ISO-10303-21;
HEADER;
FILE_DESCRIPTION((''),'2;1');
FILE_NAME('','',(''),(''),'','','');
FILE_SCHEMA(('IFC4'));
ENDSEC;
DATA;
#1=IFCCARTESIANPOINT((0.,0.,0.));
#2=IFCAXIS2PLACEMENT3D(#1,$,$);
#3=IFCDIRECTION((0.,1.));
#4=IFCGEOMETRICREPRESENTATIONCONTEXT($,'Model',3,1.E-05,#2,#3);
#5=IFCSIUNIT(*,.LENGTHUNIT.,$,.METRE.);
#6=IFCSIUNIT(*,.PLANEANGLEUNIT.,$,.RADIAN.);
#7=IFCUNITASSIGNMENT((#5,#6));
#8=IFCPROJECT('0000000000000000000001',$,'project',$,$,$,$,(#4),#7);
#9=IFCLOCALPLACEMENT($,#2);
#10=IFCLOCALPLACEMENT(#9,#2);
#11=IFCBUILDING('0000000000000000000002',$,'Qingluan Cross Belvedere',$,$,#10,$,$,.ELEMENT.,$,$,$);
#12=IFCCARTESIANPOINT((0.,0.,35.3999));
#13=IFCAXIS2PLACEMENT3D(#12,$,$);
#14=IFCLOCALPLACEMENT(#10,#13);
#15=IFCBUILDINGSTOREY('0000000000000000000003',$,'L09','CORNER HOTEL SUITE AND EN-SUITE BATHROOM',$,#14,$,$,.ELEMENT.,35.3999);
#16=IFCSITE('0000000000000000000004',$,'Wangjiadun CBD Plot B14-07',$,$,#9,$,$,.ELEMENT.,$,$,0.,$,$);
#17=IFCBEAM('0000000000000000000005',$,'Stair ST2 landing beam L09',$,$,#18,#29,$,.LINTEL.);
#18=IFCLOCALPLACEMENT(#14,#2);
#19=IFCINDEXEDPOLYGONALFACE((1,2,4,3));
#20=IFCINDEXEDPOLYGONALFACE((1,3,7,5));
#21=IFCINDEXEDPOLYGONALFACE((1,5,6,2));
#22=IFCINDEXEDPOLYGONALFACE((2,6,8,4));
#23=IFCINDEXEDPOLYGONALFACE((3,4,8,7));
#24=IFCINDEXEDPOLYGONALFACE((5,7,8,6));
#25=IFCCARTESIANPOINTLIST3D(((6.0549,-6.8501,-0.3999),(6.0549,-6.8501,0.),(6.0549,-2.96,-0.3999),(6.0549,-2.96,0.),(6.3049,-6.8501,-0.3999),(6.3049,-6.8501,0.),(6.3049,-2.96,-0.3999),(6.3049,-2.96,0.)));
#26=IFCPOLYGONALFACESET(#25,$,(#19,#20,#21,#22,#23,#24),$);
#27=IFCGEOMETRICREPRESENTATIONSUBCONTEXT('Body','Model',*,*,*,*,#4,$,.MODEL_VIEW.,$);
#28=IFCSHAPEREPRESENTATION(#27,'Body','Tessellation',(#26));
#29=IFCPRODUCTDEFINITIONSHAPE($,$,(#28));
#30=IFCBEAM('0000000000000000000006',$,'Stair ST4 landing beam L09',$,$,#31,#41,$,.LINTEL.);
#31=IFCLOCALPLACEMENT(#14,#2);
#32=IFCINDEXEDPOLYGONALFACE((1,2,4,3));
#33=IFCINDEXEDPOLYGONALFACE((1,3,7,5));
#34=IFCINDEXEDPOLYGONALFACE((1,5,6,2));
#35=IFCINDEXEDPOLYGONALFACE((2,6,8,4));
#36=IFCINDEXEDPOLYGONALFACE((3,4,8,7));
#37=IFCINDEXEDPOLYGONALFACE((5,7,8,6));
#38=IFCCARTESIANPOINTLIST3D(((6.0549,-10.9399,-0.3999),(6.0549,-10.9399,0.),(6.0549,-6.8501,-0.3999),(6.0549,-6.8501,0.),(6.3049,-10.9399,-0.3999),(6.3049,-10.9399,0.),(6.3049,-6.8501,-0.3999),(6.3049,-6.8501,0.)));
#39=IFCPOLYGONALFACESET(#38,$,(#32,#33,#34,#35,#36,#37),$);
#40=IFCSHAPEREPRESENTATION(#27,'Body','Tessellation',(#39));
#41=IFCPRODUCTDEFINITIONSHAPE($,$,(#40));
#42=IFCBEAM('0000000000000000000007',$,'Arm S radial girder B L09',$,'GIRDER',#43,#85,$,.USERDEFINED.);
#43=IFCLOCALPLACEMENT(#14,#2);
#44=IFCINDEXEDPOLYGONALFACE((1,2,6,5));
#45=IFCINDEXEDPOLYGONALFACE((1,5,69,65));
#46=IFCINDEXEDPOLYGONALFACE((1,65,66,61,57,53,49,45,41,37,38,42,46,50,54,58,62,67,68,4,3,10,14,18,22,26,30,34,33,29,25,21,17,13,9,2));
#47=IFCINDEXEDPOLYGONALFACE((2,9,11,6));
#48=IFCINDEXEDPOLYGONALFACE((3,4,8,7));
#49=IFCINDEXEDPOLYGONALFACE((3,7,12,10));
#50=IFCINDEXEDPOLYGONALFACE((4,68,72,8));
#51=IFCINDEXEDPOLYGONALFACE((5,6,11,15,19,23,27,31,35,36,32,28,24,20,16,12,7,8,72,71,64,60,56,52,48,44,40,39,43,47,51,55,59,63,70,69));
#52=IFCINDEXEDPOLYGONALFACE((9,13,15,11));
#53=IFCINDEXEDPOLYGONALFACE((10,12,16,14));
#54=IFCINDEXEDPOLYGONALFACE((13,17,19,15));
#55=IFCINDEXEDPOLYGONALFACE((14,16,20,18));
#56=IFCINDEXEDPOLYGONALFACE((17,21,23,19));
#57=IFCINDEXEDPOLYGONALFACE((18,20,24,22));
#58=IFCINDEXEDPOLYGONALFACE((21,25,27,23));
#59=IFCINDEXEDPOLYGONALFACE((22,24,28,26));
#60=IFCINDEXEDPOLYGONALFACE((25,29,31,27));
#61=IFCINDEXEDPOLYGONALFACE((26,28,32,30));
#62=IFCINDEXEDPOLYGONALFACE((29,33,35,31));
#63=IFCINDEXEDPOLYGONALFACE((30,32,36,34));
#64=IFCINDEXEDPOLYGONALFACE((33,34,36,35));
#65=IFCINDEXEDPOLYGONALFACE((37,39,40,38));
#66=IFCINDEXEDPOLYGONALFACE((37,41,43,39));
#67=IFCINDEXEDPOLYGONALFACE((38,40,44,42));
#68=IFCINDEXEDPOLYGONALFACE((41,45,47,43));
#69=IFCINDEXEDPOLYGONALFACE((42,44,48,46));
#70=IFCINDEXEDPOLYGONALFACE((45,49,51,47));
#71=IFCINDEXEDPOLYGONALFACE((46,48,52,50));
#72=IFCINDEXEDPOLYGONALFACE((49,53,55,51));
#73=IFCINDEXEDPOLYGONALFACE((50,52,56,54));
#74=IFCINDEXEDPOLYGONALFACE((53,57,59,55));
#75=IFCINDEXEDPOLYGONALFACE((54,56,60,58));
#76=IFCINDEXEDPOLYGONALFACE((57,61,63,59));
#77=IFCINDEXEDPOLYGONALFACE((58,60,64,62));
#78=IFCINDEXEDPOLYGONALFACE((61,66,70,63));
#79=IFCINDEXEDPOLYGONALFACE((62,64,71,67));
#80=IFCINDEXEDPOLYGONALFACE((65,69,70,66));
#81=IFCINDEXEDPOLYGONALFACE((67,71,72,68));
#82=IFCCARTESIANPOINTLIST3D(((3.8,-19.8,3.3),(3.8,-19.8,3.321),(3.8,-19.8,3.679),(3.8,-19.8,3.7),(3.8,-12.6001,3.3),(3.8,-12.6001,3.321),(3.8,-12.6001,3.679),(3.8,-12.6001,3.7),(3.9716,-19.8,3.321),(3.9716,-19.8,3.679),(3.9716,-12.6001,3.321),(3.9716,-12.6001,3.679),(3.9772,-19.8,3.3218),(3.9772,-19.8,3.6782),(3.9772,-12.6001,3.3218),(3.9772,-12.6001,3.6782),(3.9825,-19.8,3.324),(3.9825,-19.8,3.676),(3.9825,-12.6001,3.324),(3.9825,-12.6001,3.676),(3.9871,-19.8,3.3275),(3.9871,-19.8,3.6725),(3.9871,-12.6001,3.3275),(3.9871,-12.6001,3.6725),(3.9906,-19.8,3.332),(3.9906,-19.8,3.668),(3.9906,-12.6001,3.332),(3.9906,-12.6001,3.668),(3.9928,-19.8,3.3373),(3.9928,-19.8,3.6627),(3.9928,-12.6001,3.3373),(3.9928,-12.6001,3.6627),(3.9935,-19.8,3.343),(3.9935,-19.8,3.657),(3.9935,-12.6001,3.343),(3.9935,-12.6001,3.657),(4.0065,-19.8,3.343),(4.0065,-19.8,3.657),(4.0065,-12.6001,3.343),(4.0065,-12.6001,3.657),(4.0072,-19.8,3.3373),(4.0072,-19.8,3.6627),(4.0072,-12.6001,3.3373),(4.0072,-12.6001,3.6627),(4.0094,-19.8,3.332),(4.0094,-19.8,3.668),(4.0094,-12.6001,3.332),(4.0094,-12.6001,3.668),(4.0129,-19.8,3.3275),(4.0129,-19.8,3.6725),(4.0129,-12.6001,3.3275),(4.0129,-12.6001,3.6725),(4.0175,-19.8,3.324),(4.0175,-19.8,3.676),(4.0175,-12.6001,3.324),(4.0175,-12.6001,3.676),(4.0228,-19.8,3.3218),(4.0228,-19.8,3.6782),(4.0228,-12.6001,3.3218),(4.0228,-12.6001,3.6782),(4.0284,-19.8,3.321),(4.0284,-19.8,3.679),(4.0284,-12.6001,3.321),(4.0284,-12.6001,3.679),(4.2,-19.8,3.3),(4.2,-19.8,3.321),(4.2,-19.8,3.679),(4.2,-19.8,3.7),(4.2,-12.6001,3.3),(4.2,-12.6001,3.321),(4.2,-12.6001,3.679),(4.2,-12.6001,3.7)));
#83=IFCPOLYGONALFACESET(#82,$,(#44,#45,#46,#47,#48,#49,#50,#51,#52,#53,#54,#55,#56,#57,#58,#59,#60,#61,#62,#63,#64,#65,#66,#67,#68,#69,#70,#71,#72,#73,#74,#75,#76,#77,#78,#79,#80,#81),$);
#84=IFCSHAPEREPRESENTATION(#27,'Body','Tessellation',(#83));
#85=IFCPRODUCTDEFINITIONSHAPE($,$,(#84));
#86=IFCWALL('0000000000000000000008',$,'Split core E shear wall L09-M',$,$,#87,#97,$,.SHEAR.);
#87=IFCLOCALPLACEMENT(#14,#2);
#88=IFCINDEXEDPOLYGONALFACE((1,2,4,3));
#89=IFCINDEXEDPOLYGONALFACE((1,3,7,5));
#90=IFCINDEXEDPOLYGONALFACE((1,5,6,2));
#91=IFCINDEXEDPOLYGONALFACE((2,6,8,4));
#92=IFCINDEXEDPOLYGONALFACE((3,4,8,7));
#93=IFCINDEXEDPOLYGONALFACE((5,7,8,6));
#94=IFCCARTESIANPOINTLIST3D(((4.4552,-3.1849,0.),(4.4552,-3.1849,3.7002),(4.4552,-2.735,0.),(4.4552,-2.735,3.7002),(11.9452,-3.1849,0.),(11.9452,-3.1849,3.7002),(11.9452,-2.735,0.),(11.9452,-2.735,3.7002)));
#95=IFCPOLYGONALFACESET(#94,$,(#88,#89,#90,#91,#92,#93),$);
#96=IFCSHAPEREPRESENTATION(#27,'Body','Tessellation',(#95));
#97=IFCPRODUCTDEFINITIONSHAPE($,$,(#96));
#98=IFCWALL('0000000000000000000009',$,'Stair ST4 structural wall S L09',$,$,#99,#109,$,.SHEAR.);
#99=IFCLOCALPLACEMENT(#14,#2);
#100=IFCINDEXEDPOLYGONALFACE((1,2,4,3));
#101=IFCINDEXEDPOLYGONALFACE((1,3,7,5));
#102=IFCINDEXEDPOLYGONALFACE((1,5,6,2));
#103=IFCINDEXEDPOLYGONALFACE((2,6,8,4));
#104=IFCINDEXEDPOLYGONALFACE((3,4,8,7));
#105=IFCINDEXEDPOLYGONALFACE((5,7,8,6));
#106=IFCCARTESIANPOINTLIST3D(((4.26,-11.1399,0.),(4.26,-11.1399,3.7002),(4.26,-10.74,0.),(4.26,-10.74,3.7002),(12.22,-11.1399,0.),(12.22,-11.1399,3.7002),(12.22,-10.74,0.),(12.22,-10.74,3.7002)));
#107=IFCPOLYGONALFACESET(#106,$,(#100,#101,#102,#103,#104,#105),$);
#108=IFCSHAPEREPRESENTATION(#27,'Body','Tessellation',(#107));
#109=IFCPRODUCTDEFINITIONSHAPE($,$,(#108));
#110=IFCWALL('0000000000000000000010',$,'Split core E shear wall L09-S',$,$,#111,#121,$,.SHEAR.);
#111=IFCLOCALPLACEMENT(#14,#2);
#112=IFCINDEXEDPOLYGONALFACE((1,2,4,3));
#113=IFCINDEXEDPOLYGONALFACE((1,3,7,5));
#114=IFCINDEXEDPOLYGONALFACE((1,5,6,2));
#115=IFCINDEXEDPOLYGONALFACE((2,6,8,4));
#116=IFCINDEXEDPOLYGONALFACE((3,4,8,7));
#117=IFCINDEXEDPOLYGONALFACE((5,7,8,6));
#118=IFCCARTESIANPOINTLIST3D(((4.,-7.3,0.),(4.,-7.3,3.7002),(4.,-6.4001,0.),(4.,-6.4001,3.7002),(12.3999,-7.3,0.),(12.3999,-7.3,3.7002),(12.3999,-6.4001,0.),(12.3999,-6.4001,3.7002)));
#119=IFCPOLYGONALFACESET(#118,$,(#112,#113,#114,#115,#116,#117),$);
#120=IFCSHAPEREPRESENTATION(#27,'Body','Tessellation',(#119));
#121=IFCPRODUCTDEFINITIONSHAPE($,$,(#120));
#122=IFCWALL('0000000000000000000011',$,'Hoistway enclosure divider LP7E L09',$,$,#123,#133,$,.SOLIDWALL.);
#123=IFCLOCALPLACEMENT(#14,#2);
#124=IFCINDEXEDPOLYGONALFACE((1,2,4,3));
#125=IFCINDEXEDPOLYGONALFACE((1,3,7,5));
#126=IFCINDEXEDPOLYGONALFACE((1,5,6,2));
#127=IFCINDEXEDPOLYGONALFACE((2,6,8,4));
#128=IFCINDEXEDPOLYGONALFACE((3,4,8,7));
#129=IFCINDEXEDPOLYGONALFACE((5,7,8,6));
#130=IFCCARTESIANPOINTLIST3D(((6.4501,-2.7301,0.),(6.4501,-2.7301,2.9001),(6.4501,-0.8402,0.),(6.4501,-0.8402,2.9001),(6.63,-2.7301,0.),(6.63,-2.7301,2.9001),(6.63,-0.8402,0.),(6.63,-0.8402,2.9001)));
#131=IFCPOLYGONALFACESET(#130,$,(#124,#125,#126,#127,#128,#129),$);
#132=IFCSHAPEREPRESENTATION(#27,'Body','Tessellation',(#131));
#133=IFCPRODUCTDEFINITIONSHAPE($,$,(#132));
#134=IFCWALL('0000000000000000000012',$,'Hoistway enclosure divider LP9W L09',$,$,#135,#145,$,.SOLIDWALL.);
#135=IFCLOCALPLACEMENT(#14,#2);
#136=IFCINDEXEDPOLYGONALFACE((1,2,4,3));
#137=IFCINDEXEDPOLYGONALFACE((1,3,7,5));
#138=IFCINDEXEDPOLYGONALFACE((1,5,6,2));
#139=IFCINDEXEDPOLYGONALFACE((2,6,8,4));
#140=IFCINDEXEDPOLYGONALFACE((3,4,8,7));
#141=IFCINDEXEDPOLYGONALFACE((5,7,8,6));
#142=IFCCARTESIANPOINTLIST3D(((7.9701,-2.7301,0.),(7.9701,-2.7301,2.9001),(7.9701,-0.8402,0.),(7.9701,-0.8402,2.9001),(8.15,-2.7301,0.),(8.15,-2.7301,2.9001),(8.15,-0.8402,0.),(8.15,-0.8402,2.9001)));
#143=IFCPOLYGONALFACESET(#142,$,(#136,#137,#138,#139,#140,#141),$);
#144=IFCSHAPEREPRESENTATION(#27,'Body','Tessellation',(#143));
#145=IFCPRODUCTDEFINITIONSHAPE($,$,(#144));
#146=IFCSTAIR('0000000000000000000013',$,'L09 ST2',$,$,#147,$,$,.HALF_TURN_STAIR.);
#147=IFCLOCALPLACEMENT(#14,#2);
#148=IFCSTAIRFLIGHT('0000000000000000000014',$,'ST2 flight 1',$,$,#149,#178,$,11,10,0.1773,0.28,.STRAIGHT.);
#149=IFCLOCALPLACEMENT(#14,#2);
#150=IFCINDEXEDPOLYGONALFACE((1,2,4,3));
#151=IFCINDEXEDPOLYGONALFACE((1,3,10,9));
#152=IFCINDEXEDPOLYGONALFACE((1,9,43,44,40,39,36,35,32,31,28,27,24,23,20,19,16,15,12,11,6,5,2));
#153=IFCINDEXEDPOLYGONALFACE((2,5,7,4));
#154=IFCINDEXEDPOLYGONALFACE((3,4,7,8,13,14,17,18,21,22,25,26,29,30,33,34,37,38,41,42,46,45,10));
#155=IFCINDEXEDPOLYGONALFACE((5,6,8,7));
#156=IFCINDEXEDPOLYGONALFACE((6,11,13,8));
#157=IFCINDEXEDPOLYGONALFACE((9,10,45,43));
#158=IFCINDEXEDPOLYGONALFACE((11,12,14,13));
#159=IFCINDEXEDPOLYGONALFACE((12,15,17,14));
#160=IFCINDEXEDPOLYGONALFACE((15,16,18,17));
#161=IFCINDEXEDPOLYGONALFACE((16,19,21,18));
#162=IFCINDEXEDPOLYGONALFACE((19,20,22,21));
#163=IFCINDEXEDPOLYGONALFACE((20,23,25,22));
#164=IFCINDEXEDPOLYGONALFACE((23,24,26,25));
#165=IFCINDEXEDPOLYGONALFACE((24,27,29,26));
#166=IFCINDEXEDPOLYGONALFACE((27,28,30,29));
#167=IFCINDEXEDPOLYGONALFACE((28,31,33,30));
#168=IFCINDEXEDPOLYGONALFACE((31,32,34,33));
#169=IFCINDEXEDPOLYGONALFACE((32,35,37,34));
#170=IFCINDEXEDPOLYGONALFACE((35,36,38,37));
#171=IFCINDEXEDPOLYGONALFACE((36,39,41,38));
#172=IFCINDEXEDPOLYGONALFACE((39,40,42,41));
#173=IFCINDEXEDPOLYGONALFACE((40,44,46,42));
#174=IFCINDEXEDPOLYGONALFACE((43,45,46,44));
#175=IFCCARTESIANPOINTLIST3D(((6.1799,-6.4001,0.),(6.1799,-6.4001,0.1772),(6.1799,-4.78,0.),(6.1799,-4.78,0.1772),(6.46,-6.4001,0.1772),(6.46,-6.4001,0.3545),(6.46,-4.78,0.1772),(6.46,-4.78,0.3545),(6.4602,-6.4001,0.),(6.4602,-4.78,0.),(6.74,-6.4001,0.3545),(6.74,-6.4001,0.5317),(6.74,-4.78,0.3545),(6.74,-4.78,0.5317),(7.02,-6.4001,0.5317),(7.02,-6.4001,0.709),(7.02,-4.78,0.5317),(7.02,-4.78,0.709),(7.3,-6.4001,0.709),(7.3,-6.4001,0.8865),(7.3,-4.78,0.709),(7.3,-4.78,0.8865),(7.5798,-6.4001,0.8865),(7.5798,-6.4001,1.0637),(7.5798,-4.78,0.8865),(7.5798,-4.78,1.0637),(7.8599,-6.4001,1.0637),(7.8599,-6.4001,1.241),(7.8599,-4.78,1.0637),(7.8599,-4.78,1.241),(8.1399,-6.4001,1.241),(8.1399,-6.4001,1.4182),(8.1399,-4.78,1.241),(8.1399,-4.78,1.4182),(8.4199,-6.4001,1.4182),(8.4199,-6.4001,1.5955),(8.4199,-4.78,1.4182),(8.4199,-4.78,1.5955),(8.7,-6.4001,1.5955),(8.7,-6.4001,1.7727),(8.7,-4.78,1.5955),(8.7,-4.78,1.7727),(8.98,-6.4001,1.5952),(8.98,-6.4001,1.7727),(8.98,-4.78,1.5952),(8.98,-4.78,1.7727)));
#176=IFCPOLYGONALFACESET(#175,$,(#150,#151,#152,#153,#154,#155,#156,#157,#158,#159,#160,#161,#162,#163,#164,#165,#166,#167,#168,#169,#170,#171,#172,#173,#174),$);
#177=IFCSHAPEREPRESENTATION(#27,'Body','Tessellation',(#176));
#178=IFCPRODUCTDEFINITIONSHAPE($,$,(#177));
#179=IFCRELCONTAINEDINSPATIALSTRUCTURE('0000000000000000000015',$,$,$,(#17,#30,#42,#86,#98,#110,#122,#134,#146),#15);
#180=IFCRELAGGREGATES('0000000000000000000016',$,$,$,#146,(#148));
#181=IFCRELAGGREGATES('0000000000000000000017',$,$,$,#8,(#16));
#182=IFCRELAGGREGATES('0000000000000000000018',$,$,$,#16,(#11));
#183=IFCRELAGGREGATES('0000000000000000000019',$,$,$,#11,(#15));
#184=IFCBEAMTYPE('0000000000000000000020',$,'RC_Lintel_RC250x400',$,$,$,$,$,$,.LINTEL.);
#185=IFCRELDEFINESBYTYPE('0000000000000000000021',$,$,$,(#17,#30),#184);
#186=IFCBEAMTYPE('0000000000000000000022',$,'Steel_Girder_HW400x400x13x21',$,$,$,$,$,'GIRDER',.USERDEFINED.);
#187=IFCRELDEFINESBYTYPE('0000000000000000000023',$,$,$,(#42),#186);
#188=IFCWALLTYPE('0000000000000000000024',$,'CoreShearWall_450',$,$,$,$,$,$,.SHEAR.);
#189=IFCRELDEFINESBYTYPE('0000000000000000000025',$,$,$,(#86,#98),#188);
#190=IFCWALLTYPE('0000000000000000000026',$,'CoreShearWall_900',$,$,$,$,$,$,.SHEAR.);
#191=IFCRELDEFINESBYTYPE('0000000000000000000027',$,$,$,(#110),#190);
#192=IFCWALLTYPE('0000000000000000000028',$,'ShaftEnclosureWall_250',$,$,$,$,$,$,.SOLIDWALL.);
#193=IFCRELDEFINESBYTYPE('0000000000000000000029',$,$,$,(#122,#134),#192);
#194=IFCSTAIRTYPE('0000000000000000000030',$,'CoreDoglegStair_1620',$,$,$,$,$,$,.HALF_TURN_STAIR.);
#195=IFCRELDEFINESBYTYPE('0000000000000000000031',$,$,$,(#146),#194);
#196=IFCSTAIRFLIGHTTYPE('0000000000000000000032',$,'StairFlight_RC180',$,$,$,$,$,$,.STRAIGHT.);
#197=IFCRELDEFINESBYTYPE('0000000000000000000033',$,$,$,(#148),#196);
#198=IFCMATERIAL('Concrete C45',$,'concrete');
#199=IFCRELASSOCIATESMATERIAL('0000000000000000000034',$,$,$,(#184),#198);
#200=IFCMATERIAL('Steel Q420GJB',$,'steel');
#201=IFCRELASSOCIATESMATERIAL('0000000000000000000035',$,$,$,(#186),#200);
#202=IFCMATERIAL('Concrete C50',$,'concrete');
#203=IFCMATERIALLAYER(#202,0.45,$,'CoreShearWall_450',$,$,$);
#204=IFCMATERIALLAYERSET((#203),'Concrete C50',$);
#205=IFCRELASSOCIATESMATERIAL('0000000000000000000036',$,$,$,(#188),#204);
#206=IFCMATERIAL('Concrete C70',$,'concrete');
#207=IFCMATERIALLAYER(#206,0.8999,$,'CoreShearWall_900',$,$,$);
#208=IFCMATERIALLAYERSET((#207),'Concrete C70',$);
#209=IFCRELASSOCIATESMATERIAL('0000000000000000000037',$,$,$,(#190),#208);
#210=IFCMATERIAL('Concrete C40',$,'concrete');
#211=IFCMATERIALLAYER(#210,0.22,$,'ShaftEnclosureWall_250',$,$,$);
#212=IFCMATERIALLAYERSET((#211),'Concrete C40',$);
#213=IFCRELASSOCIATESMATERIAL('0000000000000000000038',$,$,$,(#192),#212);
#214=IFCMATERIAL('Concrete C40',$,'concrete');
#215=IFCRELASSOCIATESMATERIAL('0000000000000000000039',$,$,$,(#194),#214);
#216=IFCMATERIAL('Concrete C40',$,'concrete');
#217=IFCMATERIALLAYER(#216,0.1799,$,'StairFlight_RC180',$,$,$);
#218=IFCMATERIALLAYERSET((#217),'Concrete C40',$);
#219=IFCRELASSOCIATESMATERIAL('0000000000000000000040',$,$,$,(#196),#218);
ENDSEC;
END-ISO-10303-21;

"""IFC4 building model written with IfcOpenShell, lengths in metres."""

from ifc_helpers import new_model, si_unit, direction, frame, frame_2d, origin, origin_2d, place, context, subcontext, project, spatial, polyline, rectangle, i_section, outline, extrude, material, layer, layer_set, material_profile, profile_set, type_object, element, aggregate, save


model = new_model("IFC4")

# Units and contexts
model_context = context("Model", 3, precision=1e-05, world=origin(), true_north=direction((0.0, 1.0)))
body_context = subcontext(model_context, "Body", "Model", "MODEL_VIEW")
ifc_project = project(units=[si_unit("LENGTHUNIT", "METRE"), si_unit("PLANEANGLEUNIT", "RADIAN")], contexts=[model_context])

# Site, building, storey
site_placement = place(None, origin())
site = spatial("IfcSite", under=ifc_project, at=site_placement, Name="Wangjiadun CBD Plot B14-07", CompositionType="ELEMENT", RefElevation=0.0)
building_placement = place(site_placement, origin())
building = spatial("IfcBuilding", under=site, at=building_placement, Name="Qingluan Cross Belvedere", CompositionType="ELEMENT")
storey_placement = place(building_placement, frame((0.0, 0.0, 35.3999)))
storey = spatial("IfcBuildingStorey", under=building, at=storey_placement, Name="L09", Description="CORNER HOTEL SUITE AND EN-SUITE BATHROOM", CompositionType="ELEMENT", Elevation=35.3999)

# Beams
ifc_material_1 = material(Name="Concrete C45", Category="concrete")
ifc_material_profile_1 = material_profile(ifc_material_1, rectangle(XDim=0.25, YDim=0.3999, at=origin_2d()), Name="RC250x400")
ifc_profile_set_1 = profile_set([ifc_material_profile_1], Name="Concrete C45")
beam_type_1 = type_object("IfcBeamType", Name="RC_Lintel_RC250x400", PredefinedType="LINTEL", material=ifc_profile_set_1)
beam_1_placement = place(storey_placement, frame((6.1799, -6.8501, -0.2), z_axis=(0.0, 1.0, 0.0), x_axis=(-1.0, 0.0, 0.0)))
element("IfcBeam", 1, at=beam_1_placement, inside=storey, type_object=beam_type_1, Name="Stair ST2 landing beam L09", PredefinedType="LINTEL", context=body_context, shape_type="SweptSolid", body=[
    extrude(rectangle(XDim=0.25, YDim=0.3999, at=origin_2d()), origin(), (0.0, 0.0, 1.0), 3.8901),
])
beam_2_placement = place(storey_placement, frame((6.1799, -10.9399, -0.2), z_axis=(0.0, 1.0, 0.0), x_axis=(-1.0, 0.0, 0.0)))
element("IfcBeam", 2, at=beam_2_placement, inside=storey, type_object=beam_type_1, Name="Stair ST4 landing beam L09", PredefinedType="LINTEL", context=body_context, shape_type="SweptSolid", body=[
    extrude(rectangle(XDim=0.25, YDim=0.3999, at=origin_2d()), origin(), (0.0, 0.0, 1.0), 4.0898),
])
ifc_material_2 = material(Name="Steel Q420GJB", Category="steel")
ifc_material_profile_2 = material_profile(ifc_material_2, i_section(OverallWidth=0.3999, OverallDepth=0.3999, WebThickness=0.0129, FlangeThickness=0.021, FilletRadius=0.022, at=origin_2d()), Name="HW400x400x13x21")
ifc_profile_set_2 = profile_set([ifc_material_profile_2], Name="Steel Q420GJB")
beam_type_2 = type_object("IfcBeamType", Name="Steel_Girder_HW400x400x13x21", ElementType="GIRDER", PredefinedType="USERDEFINED", material=ifc_profile_set_2)
beam_3_placement = place(storey_placement, frame((4.0, -12.6001, 3.5), z_axis=(0.0, -1.0, 0.0), x_axis=(1.0, 0.0, 0.0)))
element("IfcBeam", 3, at=beam_3_placement, inside=storey, type_object=beam_type_2, Name="Arm S radial girder B L09", ObjectType="GIRDER", PredefinedType="USERDEFINED", context=body_context, shape_type="SweptSolid", body=[
    extrude(i_section(OverallWidth=0.3999, OverallDepth=0.3999, WebThickness=0.0129, FlangeThickness=0.021, FilletRadius=0.022, at=origin_2d()), origin(), (0.0, 0.0, 1.0), 7.2),
])

# Walls
ifc_material_3 = material(Name="Concrete C50", Category="concrete")
ifc_layer_1 = layer(ifc_material_3, 0.45, Name="CoreShearWall_450")
ifc_layer_set_1 = layer_set([ifc_layer_1], Name="Concrete C50")
wall_type_1 = type_object("IfcWallType", Name="CoreShearWall_450", PredefinedType="SHEAR", material=ifc_layer_set_1)
wall_1_placement = place(storey_placement, frame((4.4551, -2.96, 0.0), z_axis=(0.0, 0.0, 1.0), x_axis=(1.0, 0.0, 0.0)))
element("IfcWall", 4, at=wall_1_placement, inside=storey, type_object=wall_type_1, Name="Split core E shear wall L09-M", PredefinedType="SHEAR", context=body_context, shape_type="SweptSolid", body=[
    extrude(rectangle(XDim=7.49, YDim=0.45, at=frame_2d((3.7451, 0.0))), origin(), (0.0, 0.0, 1.0), 3.7002),
])
wall_2_placement = place(storey_placement, frame((4.26, -10.9399, 0.0), z_axis=(0.0, 0.0, 1.0), x_axis=(1.0, 0.0, 0.0)))
element("IfcWall", 5, at=wall_2_placement, inside=storey, type_object=wall_type_1, Name="Stair ST4 structural wall S L09", PredefinedType="SHEAR", context=body_context, shape_type="SweptSolid", body=[
    extrude(rectangle(XDim=7.96, YDim=0.3999, at=frame_2d((3.98, 0.0))), origin(), (0.0, 0.0, 1.0), 3.7002),
])

# Wall
ifc_material_4 = material(Name="Concrete C70", Category="concrete")
ifc_layer_2 = layer(ifc_material_4, 0.8999, Name="CoreShearWall_900")
ifc_layer_set_2 = layer_set([ifc_layer_2], Name="Concrete C70")
wall_type_2 = type_object("IfcWallType", Name="CoreShearWall_900", PredefinedType="SHEAR", material=ifc_layer_set_2)
wall_3_placement = place(storey_placement, frame((4.0, -6.8501, 0.0), z_axis=(0.0, 0.0, 1.0), x_axis=(1.0, 0.0, 0.0)))
element("IfcWall", 6, at=wall_3_placement, inside=storey, type_object=wall_type_2, Name="Split core E shear wall L09-S", PredefinedType="SHEAR", context=body_context, shape_type="SweptSolid", body=[
    extrude(rectangle(XDim=8.3999, YDim=0.8999, at=frame_2d((4.2, 0.0))), origin(), (0.0, 0.0, 1.0), 3.7002),
])

# Walls
ifc_material_5 = material(Name="Concrete C40", Category="concrete")
ifc_layer_3 = layer(ifc_material_5, 0.22, Name="ShaftEnclosureWall_250")
ifc_layer_set_3 = layer_set([ifc_layer_3], Name="Concrete C40")
wall_type_3 = type_object("IfcWallType", Name="ShaftEnclosureWall_250", PredefinedType="SOLIDWALL", material=ifc_layer_set_3)
for number, where, z_axis, x_axis, name in (
    (7, (6.54, -2.73, 0.0), (0.0, 0.0, 1.0), (0.0, 1.0, 0.0), "Hoistway enclosure divider LP7E L09"),
    (8, (8.0601, -2.73, 0.0), (0.0, 0.0, 1.0), (0.0, 1.0, 0.0), "Hoistway enclosure divider LP9W L09"),
):
    element("IfcWall", number, at=place(storey_placement, frame(where, z_axis=z_axis, x_axis=x_axis)), inside=storey, type_object=wall_type_3, Name=name, PredefinedType="SOLIDWALL", context=body_context, shape_type="SweptSolid", body=[
        extrude(rectangle(XDim=1.8899, YDim=0.1799, at=frame_2d((0.9448, 0.0))), origin(), (0.0, 0.0, 1.0), 2.9001),
    ])

# Stair, stair flight
ifc_material_6 = material(Name="Concrete C40", Category="concrete")
stair_type = type_object("IfcStairType", Name="CoreDoglegStair_1620", PredefinedType="HALF_TURN_STAIR", material=ifc_material_6)
stair_1_placement = place(storey_placement, origin())
stair_1 = element("IfcStair", 9, at=stair_1_placement, inside=storey, type_object=stair_type, Name="L09 ST2", PredefinedType="HALF_TURN_STAIR")
ifc_material_7 = material(Name="Concrete C40", Category="concrete")
ifc_layer_4 = layer(ifc_material_7, 0.1799, Name="StairFlight_RC180")
ifc_layer_set_4 = layer_set([ifc_layer_4], Name="Concrete C40")
stair_flight_type = type_object("IfcStairFlightType", Name="StairFlight_RC180", PredefinedType="STRAIGHT", material=ifc_layer_set_4)
stair_flight_1_placement = place(storey_placement, frame((6.1799, -5.5901, 0.0), z_axis=(0.0, 0.0, 1.0), x_axis=(1.0, 0.0, 0.0)))
stair_flight_1 = element("IfcStairFlight", 10, at=stair_flight_1_placement, type_object=stair_flight_type, Name="ST2 flight 1", NumberOfRisers=11, NumberOfTreads=10, PredefinedType="STRAIGHT", RiserHeight=0.1773, TreadLength=0.28, context=body_context, shape_type="SweptSolid", body=[
    extrude(outline(polyline([(0.0, 0.0), (0.0, 0.1772), (0.28, 0.1772), (0.28, 0.3545), (0.5601, 0.3545), (0.5601, 0.5317), (0.8401, 0.5317), (0.8401, 0.709), (1.1201, 0.709), (1.1201, 0.8865), (1.3999, 0.8865), (1.3999, 1.0637), (1.6799, 1.0637), (1.6799, 1.241), (1.96, 1.241), (1.96, 1.4182), (2.24, 1.4182), (2.24, 1.5955), (2.52, 1.5955), (2.52, 1.7727), (2.8, 1.7727), (2.8, 1.95), (2.8, 1.5952), (0.2803, 0.0), (0.0, 0.0)])), frame((0.0, 0.8101, 0.0), z_axis=(0.0, -1.0, 0.0), x_axis=(1.0, 0.0, 0.0)), (0.0, 0.0, 1.0), 1.6201),
])
aggregate(stair_1, [stair_flight_1])

save(model, "model.ifc")
